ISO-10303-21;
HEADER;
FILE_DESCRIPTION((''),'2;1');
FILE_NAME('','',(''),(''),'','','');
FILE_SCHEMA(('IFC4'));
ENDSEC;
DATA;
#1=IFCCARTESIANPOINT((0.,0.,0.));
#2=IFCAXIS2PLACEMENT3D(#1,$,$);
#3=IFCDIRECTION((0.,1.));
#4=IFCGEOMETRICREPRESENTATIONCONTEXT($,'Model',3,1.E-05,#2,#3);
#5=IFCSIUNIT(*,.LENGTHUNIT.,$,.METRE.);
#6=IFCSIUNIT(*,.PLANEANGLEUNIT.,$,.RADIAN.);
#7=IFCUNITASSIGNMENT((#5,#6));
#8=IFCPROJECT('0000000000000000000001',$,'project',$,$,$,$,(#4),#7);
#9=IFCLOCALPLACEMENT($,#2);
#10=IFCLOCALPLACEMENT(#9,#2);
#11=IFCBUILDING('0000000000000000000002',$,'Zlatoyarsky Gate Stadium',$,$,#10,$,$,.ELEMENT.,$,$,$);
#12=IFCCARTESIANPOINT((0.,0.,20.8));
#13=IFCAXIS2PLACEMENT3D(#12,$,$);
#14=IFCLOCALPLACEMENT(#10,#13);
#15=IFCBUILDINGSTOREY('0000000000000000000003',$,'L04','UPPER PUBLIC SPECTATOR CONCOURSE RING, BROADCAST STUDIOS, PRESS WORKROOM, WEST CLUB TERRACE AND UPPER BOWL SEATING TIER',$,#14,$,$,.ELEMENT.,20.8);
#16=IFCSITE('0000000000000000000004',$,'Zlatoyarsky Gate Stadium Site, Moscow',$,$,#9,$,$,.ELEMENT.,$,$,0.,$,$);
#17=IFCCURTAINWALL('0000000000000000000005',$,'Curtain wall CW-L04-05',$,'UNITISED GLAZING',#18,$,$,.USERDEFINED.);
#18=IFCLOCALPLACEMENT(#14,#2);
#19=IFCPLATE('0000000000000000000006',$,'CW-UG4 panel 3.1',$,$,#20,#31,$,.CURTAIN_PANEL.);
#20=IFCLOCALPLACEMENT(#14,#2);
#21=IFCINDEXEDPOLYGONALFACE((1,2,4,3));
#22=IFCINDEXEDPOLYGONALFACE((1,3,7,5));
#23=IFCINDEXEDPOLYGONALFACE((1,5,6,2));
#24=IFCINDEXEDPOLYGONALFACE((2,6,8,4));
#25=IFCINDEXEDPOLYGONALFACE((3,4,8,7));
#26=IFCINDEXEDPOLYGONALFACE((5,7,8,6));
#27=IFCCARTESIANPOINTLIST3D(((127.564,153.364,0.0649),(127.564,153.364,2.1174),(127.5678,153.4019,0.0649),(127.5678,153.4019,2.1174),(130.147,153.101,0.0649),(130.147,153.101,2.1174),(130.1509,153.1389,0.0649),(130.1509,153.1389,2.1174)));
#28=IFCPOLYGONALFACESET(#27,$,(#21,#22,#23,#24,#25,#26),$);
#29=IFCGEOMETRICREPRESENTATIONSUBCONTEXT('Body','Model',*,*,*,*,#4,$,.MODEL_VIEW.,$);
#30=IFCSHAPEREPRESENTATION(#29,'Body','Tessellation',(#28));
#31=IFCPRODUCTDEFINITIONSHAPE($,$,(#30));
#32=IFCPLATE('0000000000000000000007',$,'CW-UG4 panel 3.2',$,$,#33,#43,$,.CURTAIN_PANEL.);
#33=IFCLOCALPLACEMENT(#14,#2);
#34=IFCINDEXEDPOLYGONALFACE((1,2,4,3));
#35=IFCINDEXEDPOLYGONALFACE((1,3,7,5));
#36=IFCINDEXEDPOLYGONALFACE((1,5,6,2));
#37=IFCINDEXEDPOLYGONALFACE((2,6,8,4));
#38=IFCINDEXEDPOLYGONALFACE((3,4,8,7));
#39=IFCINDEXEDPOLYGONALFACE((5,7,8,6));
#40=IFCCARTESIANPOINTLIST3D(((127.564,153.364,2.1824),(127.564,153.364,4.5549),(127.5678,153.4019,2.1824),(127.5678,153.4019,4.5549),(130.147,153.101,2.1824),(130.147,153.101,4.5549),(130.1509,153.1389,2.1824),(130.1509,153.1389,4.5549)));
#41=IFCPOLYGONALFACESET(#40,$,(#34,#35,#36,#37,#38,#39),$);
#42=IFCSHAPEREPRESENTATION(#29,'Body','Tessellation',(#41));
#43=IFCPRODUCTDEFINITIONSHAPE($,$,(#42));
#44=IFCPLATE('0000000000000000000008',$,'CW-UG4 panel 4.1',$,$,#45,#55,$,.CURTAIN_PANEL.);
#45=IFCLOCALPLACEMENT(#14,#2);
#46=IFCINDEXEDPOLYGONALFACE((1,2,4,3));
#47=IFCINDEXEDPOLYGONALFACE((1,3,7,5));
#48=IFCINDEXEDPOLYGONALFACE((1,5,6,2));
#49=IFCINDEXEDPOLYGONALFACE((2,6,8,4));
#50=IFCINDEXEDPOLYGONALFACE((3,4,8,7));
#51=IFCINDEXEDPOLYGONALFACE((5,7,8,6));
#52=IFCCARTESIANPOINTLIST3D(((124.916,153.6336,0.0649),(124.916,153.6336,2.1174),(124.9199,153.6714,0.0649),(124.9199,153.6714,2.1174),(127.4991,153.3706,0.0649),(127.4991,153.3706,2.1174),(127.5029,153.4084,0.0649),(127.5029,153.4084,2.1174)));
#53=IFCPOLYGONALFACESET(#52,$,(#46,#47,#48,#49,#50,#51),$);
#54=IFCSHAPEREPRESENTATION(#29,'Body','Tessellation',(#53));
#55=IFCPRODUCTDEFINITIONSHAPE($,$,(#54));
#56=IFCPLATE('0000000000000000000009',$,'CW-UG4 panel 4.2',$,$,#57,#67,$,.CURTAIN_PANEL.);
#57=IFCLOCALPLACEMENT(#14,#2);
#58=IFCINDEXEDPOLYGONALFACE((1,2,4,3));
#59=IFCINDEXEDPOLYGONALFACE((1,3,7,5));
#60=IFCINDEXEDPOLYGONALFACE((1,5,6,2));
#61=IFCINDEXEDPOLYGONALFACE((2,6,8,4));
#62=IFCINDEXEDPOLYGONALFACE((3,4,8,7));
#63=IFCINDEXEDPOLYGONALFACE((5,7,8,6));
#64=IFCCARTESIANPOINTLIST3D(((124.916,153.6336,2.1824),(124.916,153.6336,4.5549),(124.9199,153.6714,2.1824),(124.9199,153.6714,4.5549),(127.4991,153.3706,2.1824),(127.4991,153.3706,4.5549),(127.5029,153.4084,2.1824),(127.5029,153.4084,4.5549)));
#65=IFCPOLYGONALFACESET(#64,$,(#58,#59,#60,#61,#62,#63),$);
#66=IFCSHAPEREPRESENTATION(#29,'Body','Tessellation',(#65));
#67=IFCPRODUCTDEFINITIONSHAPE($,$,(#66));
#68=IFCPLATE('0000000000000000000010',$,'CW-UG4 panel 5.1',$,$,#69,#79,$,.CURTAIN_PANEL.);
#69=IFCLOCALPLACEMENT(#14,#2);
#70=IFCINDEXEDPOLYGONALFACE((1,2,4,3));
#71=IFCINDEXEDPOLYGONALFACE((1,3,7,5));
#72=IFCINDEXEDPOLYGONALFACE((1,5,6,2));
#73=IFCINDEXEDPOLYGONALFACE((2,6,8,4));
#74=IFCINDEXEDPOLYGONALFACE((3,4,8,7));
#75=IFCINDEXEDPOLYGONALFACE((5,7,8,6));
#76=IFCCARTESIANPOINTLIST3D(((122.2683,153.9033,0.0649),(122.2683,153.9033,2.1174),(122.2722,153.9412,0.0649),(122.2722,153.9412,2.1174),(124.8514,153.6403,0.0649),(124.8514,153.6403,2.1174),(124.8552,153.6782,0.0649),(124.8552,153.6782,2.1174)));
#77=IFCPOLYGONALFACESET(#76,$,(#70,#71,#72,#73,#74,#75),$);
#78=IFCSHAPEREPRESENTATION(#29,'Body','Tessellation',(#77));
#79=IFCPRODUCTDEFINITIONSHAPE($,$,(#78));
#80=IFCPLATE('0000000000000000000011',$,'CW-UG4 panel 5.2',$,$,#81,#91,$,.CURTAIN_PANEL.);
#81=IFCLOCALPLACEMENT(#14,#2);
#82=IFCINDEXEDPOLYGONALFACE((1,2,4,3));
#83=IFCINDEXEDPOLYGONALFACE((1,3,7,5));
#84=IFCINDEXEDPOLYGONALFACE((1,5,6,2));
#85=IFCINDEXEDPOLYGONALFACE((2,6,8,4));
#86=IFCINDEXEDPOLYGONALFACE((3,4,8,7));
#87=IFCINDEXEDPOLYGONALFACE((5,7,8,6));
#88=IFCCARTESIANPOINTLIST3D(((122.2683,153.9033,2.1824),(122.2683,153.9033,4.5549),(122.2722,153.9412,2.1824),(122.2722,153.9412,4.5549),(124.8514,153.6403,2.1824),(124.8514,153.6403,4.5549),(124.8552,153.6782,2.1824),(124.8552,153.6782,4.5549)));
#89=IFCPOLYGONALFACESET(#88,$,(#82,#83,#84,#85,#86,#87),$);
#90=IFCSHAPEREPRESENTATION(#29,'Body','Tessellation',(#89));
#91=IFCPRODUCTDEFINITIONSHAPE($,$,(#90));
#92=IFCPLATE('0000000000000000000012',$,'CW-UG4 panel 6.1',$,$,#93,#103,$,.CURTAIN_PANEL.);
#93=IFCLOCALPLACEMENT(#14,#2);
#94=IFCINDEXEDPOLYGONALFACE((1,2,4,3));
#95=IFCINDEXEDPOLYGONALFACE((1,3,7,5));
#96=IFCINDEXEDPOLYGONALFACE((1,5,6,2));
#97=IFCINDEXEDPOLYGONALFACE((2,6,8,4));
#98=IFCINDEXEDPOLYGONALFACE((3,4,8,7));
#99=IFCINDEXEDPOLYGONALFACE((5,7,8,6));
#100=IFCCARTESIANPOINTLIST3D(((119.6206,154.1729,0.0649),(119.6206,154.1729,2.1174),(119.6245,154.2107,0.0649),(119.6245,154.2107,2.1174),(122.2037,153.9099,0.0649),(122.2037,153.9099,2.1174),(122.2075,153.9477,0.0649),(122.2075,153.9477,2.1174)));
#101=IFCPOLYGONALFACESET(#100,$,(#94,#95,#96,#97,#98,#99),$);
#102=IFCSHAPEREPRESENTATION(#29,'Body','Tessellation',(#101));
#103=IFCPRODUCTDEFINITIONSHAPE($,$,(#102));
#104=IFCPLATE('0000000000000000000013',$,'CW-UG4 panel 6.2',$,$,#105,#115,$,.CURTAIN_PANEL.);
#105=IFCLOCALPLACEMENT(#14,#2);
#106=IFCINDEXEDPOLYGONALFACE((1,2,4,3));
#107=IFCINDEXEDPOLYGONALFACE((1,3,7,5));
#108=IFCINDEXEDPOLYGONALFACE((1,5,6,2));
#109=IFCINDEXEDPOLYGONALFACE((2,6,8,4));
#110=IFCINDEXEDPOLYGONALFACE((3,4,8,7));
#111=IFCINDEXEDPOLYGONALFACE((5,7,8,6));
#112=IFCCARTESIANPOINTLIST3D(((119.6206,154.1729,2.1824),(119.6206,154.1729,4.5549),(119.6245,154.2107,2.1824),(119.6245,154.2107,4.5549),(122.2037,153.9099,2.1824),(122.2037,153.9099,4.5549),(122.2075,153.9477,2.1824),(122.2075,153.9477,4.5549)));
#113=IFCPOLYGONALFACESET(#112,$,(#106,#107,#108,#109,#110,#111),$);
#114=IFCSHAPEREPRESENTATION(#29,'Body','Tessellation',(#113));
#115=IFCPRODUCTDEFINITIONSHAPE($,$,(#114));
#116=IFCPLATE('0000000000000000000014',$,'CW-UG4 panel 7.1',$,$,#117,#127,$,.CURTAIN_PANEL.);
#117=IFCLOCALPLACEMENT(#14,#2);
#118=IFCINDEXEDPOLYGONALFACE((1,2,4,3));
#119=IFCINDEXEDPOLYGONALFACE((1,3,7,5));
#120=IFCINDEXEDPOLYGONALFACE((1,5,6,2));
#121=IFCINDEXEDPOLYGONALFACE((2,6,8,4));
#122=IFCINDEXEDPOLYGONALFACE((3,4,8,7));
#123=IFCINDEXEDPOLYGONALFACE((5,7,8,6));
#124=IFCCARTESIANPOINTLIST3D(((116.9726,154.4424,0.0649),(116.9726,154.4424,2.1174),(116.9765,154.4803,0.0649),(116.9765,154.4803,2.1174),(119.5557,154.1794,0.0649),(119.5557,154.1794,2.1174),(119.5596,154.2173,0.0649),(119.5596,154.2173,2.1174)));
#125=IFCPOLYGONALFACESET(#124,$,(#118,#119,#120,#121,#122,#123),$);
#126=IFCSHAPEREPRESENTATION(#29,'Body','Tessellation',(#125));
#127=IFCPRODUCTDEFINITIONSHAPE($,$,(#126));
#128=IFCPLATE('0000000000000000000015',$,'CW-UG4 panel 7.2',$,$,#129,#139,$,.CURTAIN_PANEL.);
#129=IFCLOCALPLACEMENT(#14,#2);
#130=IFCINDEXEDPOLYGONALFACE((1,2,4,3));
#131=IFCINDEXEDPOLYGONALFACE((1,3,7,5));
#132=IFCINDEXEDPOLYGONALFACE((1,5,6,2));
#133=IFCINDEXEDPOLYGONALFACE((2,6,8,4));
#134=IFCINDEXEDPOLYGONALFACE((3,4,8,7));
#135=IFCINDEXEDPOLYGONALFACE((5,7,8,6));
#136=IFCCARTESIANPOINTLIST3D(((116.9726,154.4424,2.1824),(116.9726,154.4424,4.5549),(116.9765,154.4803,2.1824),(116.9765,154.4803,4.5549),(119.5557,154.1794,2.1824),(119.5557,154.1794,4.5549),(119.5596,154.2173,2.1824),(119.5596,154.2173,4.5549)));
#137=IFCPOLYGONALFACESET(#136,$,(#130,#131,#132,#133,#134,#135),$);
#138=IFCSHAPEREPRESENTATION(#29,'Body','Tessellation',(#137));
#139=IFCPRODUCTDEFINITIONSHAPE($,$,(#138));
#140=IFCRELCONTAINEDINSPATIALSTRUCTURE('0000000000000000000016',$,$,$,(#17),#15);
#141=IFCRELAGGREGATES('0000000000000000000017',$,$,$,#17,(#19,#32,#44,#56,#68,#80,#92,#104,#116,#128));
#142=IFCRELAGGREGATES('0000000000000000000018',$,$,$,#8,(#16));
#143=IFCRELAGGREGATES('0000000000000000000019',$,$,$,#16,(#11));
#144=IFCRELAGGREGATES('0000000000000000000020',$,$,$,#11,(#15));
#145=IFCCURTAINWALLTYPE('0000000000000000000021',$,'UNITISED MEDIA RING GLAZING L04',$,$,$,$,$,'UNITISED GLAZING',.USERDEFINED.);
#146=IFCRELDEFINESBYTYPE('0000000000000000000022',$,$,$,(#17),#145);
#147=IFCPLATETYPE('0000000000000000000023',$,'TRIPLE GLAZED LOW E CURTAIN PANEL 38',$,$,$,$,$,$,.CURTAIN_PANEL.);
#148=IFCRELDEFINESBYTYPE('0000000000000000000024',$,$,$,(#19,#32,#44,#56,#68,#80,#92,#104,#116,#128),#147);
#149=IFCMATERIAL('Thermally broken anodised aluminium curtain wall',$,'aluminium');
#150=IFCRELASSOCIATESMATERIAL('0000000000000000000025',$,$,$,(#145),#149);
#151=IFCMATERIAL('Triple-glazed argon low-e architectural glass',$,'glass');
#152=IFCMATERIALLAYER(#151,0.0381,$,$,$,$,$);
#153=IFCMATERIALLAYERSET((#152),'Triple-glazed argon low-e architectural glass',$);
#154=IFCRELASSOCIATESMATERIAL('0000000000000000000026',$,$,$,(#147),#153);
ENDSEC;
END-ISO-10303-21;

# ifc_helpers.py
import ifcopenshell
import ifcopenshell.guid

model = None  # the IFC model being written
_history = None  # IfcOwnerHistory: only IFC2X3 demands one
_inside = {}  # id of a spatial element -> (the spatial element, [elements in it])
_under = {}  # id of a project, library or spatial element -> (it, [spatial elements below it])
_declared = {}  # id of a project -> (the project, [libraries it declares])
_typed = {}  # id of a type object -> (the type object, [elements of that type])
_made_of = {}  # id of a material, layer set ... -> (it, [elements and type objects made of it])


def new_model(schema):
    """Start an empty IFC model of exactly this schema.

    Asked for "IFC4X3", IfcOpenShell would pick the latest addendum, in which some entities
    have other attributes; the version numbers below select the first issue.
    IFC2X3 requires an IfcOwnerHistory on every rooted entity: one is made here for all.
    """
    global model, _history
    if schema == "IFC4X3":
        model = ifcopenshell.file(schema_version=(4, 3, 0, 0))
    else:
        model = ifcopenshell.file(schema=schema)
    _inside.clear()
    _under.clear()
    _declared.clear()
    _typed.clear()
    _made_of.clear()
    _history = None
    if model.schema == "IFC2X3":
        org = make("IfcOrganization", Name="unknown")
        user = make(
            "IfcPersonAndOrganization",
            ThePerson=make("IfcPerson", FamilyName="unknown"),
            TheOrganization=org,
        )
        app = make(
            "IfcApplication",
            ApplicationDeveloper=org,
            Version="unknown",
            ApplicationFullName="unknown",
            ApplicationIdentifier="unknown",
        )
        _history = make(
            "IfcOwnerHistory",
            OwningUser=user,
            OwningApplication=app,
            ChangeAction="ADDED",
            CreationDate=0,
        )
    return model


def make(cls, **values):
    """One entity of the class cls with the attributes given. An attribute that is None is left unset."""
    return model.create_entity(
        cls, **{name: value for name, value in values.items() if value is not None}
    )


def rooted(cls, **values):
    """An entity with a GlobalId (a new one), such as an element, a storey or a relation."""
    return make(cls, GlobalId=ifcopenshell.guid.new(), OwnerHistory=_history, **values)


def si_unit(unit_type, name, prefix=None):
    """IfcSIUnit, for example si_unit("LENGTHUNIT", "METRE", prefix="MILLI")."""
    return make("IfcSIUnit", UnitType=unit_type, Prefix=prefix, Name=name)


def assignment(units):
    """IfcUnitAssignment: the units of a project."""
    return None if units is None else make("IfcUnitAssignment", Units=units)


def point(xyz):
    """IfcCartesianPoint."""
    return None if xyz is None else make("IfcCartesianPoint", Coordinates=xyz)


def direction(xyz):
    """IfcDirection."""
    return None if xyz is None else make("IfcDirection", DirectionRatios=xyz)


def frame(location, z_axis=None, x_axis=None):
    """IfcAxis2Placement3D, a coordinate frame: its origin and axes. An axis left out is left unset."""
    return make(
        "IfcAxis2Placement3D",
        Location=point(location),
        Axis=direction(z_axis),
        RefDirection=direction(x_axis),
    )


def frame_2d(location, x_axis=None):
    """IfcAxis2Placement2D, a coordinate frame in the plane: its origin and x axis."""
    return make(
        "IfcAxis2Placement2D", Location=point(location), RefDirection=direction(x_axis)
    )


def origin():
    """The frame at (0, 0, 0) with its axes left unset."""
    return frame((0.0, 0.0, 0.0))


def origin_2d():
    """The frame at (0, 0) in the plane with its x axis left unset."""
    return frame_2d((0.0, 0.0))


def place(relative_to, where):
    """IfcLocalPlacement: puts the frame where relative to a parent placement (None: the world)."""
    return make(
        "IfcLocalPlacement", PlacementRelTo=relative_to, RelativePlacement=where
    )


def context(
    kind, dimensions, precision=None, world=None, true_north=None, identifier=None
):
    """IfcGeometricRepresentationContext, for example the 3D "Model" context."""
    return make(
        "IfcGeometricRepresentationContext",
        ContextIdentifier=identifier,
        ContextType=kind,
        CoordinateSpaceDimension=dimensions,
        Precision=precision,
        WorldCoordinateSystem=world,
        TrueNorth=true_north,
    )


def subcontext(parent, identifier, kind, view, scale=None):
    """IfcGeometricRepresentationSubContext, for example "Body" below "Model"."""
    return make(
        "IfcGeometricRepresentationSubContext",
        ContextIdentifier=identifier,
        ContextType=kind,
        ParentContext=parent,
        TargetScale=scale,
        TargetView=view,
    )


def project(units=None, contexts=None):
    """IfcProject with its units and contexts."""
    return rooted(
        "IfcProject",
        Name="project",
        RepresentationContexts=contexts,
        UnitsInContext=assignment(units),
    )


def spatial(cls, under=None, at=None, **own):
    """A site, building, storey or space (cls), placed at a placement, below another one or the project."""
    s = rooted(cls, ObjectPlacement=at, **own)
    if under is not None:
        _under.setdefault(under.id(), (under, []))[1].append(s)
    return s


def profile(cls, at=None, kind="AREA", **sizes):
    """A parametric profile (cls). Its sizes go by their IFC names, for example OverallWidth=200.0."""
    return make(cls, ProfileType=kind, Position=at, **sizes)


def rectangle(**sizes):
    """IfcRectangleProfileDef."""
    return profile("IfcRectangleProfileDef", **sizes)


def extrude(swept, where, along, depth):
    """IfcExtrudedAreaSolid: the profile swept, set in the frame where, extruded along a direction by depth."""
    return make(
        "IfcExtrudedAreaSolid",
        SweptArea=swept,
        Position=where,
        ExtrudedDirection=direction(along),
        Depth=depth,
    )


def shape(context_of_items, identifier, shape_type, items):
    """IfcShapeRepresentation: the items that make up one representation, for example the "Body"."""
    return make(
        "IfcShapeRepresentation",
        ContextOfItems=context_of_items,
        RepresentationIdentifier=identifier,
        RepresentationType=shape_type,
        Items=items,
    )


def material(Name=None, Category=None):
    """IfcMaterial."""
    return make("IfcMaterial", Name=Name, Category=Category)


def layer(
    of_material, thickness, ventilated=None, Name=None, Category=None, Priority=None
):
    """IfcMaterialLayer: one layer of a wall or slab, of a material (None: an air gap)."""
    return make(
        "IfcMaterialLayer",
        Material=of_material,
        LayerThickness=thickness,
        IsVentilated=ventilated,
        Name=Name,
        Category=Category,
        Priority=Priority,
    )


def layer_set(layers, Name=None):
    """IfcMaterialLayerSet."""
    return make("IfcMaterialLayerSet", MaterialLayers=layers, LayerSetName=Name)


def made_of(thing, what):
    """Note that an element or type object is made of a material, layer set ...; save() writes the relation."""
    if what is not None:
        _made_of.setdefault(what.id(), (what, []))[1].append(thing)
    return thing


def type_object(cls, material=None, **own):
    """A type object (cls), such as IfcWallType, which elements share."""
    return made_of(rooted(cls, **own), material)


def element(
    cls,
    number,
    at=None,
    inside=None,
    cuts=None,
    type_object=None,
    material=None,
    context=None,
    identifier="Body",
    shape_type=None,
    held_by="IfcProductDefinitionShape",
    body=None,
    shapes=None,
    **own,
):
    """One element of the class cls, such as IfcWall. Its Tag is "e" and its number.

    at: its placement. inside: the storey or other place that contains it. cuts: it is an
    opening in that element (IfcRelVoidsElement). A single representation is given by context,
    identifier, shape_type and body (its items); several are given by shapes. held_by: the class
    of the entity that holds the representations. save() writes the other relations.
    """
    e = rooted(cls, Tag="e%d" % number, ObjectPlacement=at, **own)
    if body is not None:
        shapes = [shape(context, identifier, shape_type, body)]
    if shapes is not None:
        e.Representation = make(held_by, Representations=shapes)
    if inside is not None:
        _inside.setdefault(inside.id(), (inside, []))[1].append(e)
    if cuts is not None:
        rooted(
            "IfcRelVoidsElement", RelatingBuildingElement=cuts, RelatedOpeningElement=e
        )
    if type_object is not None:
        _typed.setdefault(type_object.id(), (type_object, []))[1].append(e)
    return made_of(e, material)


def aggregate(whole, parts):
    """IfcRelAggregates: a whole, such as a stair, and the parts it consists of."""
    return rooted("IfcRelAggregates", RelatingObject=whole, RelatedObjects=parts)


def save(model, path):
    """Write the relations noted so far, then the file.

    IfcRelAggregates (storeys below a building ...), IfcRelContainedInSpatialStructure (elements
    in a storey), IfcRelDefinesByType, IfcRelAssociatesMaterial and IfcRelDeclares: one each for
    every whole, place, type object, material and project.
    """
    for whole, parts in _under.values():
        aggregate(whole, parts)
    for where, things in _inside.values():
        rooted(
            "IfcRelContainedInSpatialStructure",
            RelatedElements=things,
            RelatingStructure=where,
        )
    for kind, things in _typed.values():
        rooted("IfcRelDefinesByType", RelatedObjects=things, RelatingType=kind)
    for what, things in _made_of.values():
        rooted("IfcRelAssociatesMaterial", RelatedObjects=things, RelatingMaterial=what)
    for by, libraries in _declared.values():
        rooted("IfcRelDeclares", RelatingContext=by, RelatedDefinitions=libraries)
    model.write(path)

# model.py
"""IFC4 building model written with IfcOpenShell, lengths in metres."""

from ifc_helpers import new_model, si_unit, direction, frame, origin, origin_2d, place, context, subcontext, project, spatial, rectangle, extrude, material, layer, layer_set, type_object, element, aggregate, save


model = new_model("IFC4")

# Units and contexts
model_context = context("Model", 3, precision=1e-05, world=origin(), true_north=direction((0.0, 1.0)))
body_context = subcontext(model_context, "Body", "Model", "MODEL_VIEW")
ifc_project = project(units=[si_unit("LENGTHUNIT", "METRE"), si_unit("PLANEANGLEUNIT", "RADIAN")], contexts=[model_context])

# Site, building, storey
site_placement = place(None, origin())
site = spatial("IfcSite", under=ifc_project, at=site_placement, Name="Zlatoyarsky Gate Stadium Site, Moscow", CompositionType="ELEMENT", RefElevation=0.0)
building_placement = place(site_placement, origin())
building = spatial("IfcBuilding", under=site, at=building_placement, Name="Zlatoyarsky Gate Stadium", CompositionType="ELEMENT")
storey_placement = place(building_placement, frame((0.0, 0.0, 20.8)))
storey = spatial("IfcBuildingStorey", under=building, at=storey_placement, Name="L04", Description="UPPER PUBLIC SPECTATOR CONCOURSE RING, BROADCAST STUDIOS, PRESS WORKROOM, WEST CLUB TERRACE AND UPPER BOWL SEATING TIER", CompositionType="ELEMENT", Elevation=20.8)

# Curtain wall
ifc_material_1 = material(Name="Thermally broken anodised aluminium curtain wall", Category="aluminium")
curtain_wall_type = type_object("IfcCurtainWallType", Name="UNITISED MEDIA RING GLAZING L04", ElementType="UNITISED GLAZING", PredefinedType="USERDEFINED", material=ifc_material_1)
curtain_wall_placement = place(storey_placement, origin())
curtain_wall = element("IfcCurtainWall", 1, at=curtain_wall_placement, inside=storey, type_object=curtain_wall_type, Name="Curtain wall CW-L04-05", ObjectType="UNITISED GLAZING", PredefinedType="USERDEFINED")

# Plates
ifc_material_2 = material(Name="Triple-glazed argon low-e architectural glass", Category="glass")
ifc_layer_1 = layer(ifc_material_2, 0.0381)
ifc_layer_set_1 = layer_set([ifc_layer_1], Name="Triple-glazed argon low-e architectural glass")
plate_type_1 = type_object("IfcPlateType", Name="TRIPLE GLAZED LOW E CURTAIN PANEL 38", PredefinedType="CURTAIN_PANEL", material=ifc_layer_set_1)
plate_1_placement = place(storey_placement, frame((128.8574, 153.2515, 0.0649), z_axis=(0.0, 0.0, 1.0), x_axis=(-0.994857, 0.101293, 0.0)))
plate_1 = element("IfcPlate", 2, at=plate_1_placement, type_object=plate_type_1, Name="CW-UG4 panel 3.1", PredefinedType="CURTAIN_PANEL", context=body_context, shape_type="SweptSolid", body=[
    extrude(rectangle(XDim=2.5964, YDim=0.0381, at=origin_2d()), origin(), (0.0, 0.0, 1.0), 2.0525),
])
plate_2_placement = place(storey_placement, frame((128.8574, 153.2515, 2.1824), z_axis=(0.0, 0.0, 1.0), x_axis=(-0.994857, 0.101293, 0.0)))
plate_2 = element("IfcPlate", 3, at=plate_2_placement, type_object=plate_type_1, Name="CW-UG4 panel 3.2", PredefinedType="CURTAIN_PANEL", context=body_context, shape_type="SweptSolid", body=[
    extrude(rectangle(XDim=2.5964, YDim=0.0381, at=origin_2d()), origin(), (0.0, 0.0, 1.0), 2.3726),
])
plate_3_placement = place(storey_placement, frame((126.2095, 153.521, 0.0649), z_axis=(0.0, 0.0, 1.0), x_axis=(-0.994857, 0.101293, 0.0)))
plate_3 = element("IfcPlate", 4, at=plate_3_placement, type_object=plate_type_1, Name="CW-UG4 panel 4.1", PredefinedType="CURTAIN_PANEL", context=body_context, shape_type="SweptSolid", body=[
    extrude(rectangle(XDim=2.5964, YDim=0.0381, at=origin_2d()), origin(), (0.0, 0.0, 1.0), 2.0525),
])
plate_4_placement = place(storey_placement, frame((126.2095, 153.521, 2.1824), z_axis=(0.0, 0.0, 1.0), x_axis=(-0.994857, 0.101293, 0.0)))
plate_4 = element("IfcPlate", 5, at=plate_4_placement, type_object=plate_type_1, Name="CW-UG4 panel 4.2", PredefinedType="CURTAIN_PANEL", context=body_context, shape_type="SweptSolid", body=[
    extrude(rectangle(XDim=2.5964, YDim=0.0381, at=origin_2d()), origin(), (0.0, 0.0, 1.0), 2.3726),
])
plate_5_placement = place(storey_placement, frame((123.5618, 153.7908, 0.0649), z_axis=(0.0, 0.0, 1.0), x_axis=(-0.994857, 0.101293, 0.0)))
plate_5 = element("IfcPlate", 6, at=plate_5_placement, type_object=plate_type_1, Name="CW-UG4 panel 5.1", PredefinedType="CURTAIN_PANEL", context=body_context, shape_type="SweptSolid", body=[
    extrude(rectangle(XDim=2.5964, YDim=0.0381, at=origin_2d()), origin(), (0.0, 0.0, 1.0), 2.0525),
])
plate_6_placement = place(storey_placement, frame((123.5618, 153.7908, 2.1824), z_axis=(0.0, 0.0, 1.0), x_axis=(-0.994857, 0.101293, 0.0)))
plate_6 = element("IfcPlate", 7, at=plate_6_placement, type_object=plate_type_1, Name="CW-UG4 panel 5.2", PredefinedType="CURTAIN_PANEL", context=body_context, shape_type="SweptSolid", body=[
    extrude(rectangle(XDim=2.5964, YDim=0.0381, at=origin_2d()), origin(), (0.0, 0.0, 1.0), 2.3726),
])
plate_7_placement = place(storey_placement, frame((120.9141, 154.0603, 0.0649), z_axis=(0.0, 0.0, 1.0), x_axis=(-0.994857, 0.101293, 0.0)))
plate_7 = element("IfcPlate", 8, at=plate_7_placement, type_object=plate_type_1, Name="CW-UG4 panel 6.1", PredefinedType="CURTAIN_PANEL", context=body_context, shape_type="SweptSolid", body=[
    extrude(rectangle(XDim=2.5964, YDim=0.0381, at=origin_2d()), origin(), (0.0, 0.0, 1.0), 2.0525),
])
plate_8_placement = place(storey_placement, frame((120.9141, 154.0603, 2.1824), z_axis=(0.0, 0.0, 1.0), x_axis=(-0.994857, 0.101293, 0.0)))
plate_8 = element("IfcPlate", 9, at=plate_8_placement, type_object=plate_type_1, Name="CW-UG4 panel 6.2", PredefinedType="CURTAIN_PANEL", context=body_context, shape_type="SweptSolid", body=[
    extrude(rectangle(XDim=2.5964, YDim=0.0381, at=origin_2d()), origin(), (0.0, 0.0, 1.0), 2.3726),
])
plate_9_placement = place(storey_placement, frame((118.2661, 154.3298, 0.0649), z_axis=(0.0, 0.0, 1.0), x_axis=(-0.994857, 0.101293, 0.0)))
plate_9 = element("IfcPlate", 10, at=plate_9_placement, type_object=plate_type_1, Name="CW-UG4 panel 7.1", PredefinedType="CURTAIN_PANEL", context=body_context, shape_type="SweptSolid", body=[
    extrude(rectangle(XDim=2.5964, YDim=0.0381, at=origin_2d()), origin(), (0.0, 0.0, 1.0), 2.0525),
])
plate_10_placement = place(storey_placement, frame((118.2661, 154.3298, 2.1824), z_axis=(0.0, 0.0, 1.0), x_axis=(-0.994857, 0.101293, 0.0)))
plate_10 = element("IfcPlate", 11, at=plate_10_placement, type_object=plate_type_1, Name="CW-UG4 panel 7.2", PredefinedType="CURTAIN_PANEL", context=body_context, shape_type="SweptSolid", body=[
    extrude(rectangle(XDim=2.5964, YDim=0.0381, at=origin_2d()), origin(), (0.0, 0.0, 1.0), 2.3726),
])
aggregate(curtain_wall, [plate_1, plate_2, plate_3, plate_4, plate_5, plate_6, plate_7, plate_8, plate_9, plate_10])

save(model, "model.ifc")
